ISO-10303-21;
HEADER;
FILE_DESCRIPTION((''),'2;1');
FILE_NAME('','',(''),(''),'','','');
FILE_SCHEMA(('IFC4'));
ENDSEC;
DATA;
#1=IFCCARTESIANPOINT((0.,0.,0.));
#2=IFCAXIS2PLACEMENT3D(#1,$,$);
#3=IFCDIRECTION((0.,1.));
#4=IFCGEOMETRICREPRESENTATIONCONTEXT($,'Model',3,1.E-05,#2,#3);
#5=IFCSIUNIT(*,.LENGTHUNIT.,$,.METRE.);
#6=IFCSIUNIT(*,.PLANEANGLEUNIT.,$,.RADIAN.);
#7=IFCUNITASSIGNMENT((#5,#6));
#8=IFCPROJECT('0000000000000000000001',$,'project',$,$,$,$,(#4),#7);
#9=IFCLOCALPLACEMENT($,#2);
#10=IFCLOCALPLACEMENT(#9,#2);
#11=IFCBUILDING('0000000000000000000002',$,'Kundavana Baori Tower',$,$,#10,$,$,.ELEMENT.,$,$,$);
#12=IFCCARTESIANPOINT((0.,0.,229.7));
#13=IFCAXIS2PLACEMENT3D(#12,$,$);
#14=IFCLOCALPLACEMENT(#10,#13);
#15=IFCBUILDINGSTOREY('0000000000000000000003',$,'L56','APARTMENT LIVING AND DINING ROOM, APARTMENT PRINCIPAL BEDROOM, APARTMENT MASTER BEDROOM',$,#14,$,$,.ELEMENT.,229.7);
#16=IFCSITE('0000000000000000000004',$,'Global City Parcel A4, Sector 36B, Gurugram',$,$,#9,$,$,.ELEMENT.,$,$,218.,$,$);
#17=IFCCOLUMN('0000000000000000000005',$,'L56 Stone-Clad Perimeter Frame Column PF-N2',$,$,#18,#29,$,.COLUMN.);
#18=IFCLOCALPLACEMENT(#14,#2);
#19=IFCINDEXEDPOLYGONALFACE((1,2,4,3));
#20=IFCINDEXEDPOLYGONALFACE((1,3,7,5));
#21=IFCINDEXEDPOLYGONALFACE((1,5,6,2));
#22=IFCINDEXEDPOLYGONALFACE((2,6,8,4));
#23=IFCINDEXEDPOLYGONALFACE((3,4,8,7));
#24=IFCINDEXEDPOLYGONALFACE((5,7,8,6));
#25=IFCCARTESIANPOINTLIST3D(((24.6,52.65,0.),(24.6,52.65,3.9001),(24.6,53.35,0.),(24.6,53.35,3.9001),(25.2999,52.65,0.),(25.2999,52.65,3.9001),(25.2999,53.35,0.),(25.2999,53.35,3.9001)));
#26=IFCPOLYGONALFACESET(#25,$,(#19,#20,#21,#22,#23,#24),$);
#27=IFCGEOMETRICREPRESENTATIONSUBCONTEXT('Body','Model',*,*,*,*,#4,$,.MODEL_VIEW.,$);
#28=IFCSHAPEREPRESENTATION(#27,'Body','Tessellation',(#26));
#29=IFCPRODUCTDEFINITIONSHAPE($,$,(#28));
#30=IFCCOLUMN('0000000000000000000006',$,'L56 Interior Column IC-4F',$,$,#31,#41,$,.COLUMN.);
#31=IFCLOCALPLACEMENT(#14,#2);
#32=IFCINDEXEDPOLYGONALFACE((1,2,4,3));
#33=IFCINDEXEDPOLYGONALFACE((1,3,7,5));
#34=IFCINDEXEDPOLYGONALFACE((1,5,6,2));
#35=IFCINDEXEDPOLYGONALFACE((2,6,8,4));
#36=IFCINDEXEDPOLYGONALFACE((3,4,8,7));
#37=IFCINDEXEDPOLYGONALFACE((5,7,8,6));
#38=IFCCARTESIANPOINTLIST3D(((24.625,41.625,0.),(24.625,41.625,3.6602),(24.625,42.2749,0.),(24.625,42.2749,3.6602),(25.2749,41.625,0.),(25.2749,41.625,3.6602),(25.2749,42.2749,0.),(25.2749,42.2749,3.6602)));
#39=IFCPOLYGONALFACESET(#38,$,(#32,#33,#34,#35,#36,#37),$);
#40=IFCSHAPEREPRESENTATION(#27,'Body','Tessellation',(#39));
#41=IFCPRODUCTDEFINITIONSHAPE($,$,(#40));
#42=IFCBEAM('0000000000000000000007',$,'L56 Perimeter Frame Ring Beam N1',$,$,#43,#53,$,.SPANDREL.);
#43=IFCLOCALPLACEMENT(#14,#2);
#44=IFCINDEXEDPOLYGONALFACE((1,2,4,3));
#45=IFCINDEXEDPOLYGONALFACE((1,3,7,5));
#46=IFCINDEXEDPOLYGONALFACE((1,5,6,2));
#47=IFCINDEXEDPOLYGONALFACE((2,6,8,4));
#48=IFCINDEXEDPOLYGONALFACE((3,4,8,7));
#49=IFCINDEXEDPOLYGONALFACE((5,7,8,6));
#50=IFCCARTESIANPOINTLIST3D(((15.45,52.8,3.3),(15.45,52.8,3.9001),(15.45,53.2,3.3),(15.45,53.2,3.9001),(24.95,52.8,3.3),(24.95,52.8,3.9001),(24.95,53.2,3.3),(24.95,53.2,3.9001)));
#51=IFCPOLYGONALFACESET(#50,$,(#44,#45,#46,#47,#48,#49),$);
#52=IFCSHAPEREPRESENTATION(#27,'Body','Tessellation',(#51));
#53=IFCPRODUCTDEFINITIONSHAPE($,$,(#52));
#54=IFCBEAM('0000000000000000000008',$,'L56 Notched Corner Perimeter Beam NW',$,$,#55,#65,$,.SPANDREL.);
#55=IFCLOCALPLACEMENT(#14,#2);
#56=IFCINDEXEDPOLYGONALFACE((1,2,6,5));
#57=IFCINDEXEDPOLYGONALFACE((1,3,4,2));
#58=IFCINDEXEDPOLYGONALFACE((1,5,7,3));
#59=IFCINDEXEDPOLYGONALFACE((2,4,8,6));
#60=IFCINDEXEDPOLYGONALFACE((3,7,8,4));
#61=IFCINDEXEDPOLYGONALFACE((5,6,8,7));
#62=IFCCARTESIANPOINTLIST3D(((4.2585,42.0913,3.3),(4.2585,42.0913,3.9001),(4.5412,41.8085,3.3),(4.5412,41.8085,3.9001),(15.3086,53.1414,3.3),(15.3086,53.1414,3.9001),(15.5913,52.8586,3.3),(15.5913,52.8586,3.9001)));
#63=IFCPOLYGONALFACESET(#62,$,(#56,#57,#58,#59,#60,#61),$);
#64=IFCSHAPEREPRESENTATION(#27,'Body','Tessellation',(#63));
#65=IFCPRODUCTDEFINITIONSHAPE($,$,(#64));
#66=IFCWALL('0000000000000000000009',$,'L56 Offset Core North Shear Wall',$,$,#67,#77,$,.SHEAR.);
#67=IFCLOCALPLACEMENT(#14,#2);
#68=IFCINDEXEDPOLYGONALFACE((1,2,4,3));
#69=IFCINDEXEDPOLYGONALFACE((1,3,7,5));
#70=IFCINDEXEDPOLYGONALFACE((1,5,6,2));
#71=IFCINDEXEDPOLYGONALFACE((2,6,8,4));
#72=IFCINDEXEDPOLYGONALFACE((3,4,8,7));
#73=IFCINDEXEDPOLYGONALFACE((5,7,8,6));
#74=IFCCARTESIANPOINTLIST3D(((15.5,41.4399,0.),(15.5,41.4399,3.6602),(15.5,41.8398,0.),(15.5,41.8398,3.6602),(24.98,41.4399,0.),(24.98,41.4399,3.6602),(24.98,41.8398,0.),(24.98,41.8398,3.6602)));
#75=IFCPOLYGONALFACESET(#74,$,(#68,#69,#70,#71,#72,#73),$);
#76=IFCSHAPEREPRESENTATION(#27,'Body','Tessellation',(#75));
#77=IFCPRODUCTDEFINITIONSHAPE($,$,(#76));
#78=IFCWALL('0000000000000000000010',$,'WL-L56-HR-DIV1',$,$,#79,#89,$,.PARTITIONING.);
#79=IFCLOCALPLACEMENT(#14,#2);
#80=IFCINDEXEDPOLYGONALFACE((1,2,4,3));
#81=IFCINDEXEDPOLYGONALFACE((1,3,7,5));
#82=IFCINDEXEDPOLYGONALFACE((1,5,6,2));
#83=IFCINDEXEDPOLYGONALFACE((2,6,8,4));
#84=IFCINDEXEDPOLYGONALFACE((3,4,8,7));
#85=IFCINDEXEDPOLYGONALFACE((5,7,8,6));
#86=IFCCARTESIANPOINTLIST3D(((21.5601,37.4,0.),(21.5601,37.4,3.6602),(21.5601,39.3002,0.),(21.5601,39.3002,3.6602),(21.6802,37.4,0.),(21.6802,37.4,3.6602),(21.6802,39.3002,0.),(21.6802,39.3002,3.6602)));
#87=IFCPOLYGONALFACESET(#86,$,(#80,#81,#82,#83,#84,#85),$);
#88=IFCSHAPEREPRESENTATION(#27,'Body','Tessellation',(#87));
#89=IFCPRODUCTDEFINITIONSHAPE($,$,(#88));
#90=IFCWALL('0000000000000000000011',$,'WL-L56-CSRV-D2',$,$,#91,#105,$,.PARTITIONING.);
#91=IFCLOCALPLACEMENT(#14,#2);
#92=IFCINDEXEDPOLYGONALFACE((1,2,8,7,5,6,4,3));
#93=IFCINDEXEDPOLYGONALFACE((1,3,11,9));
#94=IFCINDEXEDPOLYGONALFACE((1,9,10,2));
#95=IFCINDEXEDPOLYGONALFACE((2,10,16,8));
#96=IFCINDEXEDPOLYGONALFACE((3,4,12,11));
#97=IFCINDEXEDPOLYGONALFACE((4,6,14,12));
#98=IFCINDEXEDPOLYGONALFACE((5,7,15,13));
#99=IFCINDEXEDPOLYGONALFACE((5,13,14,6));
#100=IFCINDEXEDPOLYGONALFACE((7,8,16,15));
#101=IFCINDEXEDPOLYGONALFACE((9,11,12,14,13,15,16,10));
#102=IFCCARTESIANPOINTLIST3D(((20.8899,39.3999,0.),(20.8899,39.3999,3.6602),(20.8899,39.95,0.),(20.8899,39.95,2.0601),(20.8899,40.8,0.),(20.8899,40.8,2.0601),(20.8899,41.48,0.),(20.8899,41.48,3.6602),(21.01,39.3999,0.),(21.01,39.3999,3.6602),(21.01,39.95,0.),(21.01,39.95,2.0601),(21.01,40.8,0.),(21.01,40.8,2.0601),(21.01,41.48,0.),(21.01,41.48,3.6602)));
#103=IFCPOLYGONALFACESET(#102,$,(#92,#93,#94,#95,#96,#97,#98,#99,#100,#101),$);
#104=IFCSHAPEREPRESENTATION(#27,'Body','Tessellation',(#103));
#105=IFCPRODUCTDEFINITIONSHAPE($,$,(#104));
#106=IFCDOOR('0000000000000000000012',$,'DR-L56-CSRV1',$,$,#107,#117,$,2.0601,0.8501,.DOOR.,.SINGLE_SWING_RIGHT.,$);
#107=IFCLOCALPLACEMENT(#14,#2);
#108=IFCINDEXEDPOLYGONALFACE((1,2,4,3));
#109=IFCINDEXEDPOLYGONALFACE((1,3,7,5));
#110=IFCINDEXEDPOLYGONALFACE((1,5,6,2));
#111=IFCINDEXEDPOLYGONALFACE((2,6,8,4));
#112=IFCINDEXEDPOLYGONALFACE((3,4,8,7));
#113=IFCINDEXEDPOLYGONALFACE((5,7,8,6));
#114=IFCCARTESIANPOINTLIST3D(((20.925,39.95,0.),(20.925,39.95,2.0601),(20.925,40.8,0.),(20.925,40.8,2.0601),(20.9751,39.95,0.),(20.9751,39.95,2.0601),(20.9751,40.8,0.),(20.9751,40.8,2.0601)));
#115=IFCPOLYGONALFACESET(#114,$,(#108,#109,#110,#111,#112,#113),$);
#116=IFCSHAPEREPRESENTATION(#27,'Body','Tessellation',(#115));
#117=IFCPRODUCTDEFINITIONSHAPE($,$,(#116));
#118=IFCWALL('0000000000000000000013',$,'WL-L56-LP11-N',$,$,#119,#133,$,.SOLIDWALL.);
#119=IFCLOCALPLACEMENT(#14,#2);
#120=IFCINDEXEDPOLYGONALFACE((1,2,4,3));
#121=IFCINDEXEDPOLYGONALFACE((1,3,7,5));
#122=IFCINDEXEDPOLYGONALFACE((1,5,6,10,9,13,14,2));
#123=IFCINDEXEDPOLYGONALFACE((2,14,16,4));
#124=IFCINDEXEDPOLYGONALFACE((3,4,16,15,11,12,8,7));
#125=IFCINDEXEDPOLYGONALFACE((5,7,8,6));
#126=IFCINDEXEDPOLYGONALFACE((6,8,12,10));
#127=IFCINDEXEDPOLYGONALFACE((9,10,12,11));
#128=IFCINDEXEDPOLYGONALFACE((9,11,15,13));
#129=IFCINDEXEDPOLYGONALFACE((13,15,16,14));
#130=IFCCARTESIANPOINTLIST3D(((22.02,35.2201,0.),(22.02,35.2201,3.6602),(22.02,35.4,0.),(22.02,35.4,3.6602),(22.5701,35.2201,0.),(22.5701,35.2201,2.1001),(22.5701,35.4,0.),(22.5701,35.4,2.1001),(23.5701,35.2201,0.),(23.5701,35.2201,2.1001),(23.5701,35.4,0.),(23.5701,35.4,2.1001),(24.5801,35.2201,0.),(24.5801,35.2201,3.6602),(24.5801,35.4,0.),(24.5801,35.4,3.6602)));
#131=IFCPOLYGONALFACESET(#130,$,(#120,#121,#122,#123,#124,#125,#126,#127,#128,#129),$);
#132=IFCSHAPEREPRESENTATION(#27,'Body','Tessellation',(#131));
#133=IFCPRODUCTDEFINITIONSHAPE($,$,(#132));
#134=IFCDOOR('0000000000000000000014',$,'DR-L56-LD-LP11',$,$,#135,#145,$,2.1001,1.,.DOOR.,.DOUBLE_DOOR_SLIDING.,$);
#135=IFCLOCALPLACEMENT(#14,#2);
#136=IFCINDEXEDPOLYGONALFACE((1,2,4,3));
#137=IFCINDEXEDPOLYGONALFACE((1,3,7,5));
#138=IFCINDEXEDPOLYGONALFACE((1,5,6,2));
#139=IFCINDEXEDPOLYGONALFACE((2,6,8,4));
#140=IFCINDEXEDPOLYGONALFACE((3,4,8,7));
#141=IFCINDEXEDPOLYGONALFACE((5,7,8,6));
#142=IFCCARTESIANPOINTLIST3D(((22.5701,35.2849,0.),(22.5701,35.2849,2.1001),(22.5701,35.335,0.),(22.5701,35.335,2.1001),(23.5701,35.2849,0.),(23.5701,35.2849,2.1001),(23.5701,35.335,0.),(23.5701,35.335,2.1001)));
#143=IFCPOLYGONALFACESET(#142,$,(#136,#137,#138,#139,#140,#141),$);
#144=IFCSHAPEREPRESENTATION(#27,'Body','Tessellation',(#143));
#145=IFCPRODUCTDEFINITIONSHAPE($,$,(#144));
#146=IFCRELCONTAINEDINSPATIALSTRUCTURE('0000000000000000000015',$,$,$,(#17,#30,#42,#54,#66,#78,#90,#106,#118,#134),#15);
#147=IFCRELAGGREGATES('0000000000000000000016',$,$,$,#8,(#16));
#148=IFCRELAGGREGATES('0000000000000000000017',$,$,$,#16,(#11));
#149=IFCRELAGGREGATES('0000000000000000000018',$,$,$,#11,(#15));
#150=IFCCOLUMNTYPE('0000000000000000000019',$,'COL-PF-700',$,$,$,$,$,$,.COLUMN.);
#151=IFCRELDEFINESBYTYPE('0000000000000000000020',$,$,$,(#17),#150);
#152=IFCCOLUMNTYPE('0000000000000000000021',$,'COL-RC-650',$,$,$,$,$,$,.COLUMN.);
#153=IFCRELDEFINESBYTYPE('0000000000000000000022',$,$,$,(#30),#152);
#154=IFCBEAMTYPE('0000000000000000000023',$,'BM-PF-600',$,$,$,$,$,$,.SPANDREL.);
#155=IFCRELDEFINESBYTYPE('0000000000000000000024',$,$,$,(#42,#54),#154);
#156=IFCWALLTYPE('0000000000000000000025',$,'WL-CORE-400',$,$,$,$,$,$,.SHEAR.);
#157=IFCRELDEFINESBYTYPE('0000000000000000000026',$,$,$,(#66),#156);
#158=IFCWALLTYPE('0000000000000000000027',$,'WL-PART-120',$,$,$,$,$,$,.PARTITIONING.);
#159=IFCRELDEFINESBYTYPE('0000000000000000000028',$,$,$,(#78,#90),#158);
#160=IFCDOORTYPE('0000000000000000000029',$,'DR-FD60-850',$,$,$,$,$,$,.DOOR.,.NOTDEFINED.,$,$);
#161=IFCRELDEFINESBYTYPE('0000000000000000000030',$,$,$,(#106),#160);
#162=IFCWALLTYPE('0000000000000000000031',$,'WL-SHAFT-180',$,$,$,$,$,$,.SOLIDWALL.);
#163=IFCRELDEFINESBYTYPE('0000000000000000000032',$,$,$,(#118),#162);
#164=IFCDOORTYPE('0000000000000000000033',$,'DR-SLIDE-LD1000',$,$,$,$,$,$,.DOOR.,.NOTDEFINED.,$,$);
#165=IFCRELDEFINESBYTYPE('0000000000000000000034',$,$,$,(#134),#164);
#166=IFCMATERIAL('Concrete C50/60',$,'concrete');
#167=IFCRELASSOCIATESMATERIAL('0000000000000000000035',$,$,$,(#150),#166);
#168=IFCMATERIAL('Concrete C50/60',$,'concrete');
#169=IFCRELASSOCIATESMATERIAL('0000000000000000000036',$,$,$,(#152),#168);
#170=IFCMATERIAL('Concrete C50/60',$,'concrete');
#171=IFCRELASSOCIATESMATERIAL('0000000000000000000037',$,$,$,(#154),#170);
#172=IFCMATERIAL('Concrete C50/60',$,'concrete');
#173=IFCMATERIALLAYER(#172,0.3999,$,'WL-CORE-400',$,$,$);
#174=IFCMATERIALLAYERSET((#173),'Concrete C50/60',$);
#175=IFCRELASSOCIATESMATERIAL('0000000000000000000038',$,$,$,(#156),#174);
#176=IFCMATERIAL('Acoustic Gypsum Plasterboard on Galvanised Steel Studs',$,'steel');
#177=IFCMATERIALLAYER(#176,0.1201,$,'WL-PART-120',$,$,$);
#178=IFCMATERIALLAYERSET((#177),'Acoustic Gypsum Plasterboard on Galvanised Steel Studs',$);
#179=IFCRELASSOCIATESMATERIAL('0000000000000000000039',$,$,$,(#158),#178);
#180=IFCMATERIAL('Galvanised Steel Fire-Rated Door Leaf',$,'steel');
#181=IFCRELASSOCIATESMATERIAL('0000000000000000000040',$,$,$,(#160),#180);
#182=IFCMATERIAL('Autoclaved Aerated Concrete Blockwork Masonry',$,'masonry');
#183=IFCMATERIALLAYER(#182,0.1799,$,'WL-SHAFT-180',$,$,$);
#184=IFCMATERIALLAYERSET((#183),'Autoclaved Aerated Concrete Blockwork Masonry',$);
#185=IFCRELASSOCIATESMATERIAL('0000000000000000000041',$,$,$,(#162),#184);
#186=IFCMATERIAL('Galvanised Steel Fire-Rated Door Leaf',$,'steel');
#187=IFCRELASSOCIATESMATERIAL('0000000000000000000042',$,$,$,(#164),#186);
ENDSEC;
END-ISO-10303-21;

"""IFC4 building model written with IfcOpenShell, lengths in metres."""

from ifc_helpers import new_model, si_unit, direction, frame, frame_2d, origin, origin_2d, place, context, subcontext, project, spatial, rectangle, extrude, material, layer, layer_set, material_profile, profile_set, type_object, element, fill, save


model = new_model("IFC4")

# Units and contexts
model_context = context("Model", 3, precision=1e-05, world=origin(), true_north=direction((0.0, 1.0)))
body_context = subcontext(model_context, "Body", "Model", "MODEL_VIEW")
ifc_project = project(units=[si_unit("LENGTHUNIT", "METRE"), si_unit("PLANEANGLEUNIT", "RADIAN")], contexts=[model_context])

# Site, building, storey
site_placement = place(None, origin())
site = spatial("IfcSite", under=ifc_project, at=site_placement, Name="Global City Parcel A4, Sector 36B, Gurugram", CompositionType="ELEMENT", RefElevation=218.0)
building_placement = place(site_placement, origin())
building = spatial("IfcBuilding", under=site, at=building_placement, Name="Kundavana Baori Tower", CompositionType="ELEMENT")
storey_placement = place(building_placement, frame((0.0, 0.0, 229.7)))
storey = spatial("IfcBuildingStorey", under=building, at=storey_placement, Name="L56", Description="APARTMENT LIVING AND DINING ROOM, APARTMENT PRINCIPAL BEDROOM, APARTMENT MASTER BEDROOM", CompositionType="ELEMENT", Elevation=229.7)

# Columns
ifc_material_1 = material(Name="Concrete C50/60", Category="concrete")
ifc_material_profile_1 = material_profile(ifc_material_1, rectangle(XDim=0.7, YDim=0.7, at=origin_2d()), Name="RC PF 700x700")
ifc_profile_set_1 = profile_set([ifc_material_profile_1], Name="Concrete C50/60")
column_type_1 = type_object("IfcColumnType", Name="COL-PF-700", PredefinedType="COLUMN", material=ifc_profile_set_1)
column_1_placement = place(storey_placement, frame((24.95, 53.0, 0.0), z_axis=(0.0, 0.0, 1.0), x_axis=(1.0, 0.0, 0.0)))
element("IfcColumn", 1, at=column_1_placement, inside=storey, type_object=column_type_1, Name="L56 Stone-Clad Perimeter Frame Column PF-N2", PredefinedType="COLUMN", context=body_context, shape_type="SweptSolid", body=[
    extrude(rectangle(XDim=0.7, YDim=0.7, at=origin_2d()), origin(), (0.0, 0.0, 1.0), 3.9001),
])
ifc_material_2 = material(Name="Concrete C50/60", Category="concrete")
ifc_material_profile_2 = material_profile(ifc_material_2, rectangle(XDim=0.6499, YDim=0.6499, at=origin_2d()), Name="RC 650x650")
ifc_profile_set_2 = profile_set([ifc_material_profile_2], Name="Concrete C50/60")
column_type_2 = type_object("IfcColumnType", Name="COL-RC-650", PredefinedType="COLUMN", material=ifc_profile_set_2)
column_2_placement = place(storey_placement, frame((24.95, 41.95, 0.0), z_axis=(0.0, 0.0, 1.0), x_axis=(1.0, 0.0, 0.0)))
element("IfcColumn", 2, at=column_2_placement, inside=storey, type_object=column_type_2, Name="L56 Interior Column IC-4F", PredefinedType="COLUMN", context=body_context, shape_type="SweptSolid", body=[
    extrude(rectangle(XDim=0.6499, YDim=0.6499, at=origin_2d()), origin(), (0.0, 0.0, 1.0), 3.6602),
])

# Beams
ifc_material_3 = material(Name="Concrete C50/60", Category="concrete")
ifc_material_profile_3 = material_profile(ifc_material_3, rectangle(XDim=0.3999, YDim=0.6001, at=origin_2d()), Name="RC BM 400x600")
ifc_profile_set_3 = profile_set([ifc_material_profile_3], Name="Concrete C50/60")
beam_type = type_object("IfcBeamType", Name="BM-PF-600", PredefinedType="SPANDREL", material=ifc_profile_set_3)
beam_1_placement = place(storey_placement, frame((15.45, 53.0, 3.6001), z_axis=(1.0, 0.0, 0.0), x_axis=(0.0, 1.0, 0.0)))
element("IfcBeam", 3, at=beam_1_placement, inside=storey, type_object=beam_type, Name="L56 Perimeter Frame Ring Beam N1", PredefinedType="SPANDREL", context=body_context, shape_type="SweptSolid", body=[
    extrude(rectangle(XDim=0.3999, YDim=0.6001, at=origin_2d()), origin(), (0.0, 0.0, 1.0), 9.5),
])
beam_2_placement = place(storey_placement, frame((15.45, 53.0, 3.6001), z_axis=(-0.707107, -0.707107, 0.0), x_axis=(0.707107, -0.707107, 0.0)))
element("IfcBeam", 4, at=beam_2_placement, inside=storey, type_object=beam_type, Name="L56 Notched Corner Perimeter Beam NW", PredefinedType="SPANDREL", context=body_context, shape_type="SweptSolid", body=[
    extrude(rectangle(XDim=0.3999, YDim=0.6001, at=origin_2d()), origin(), (0.0, 0.0, 1.0), 15.6272),
])

# Walls
ifc_material_4 = material(Name="Concrete C50/60", Category="concrete")
ifc_layer_1 = layer(ifc_material_4, 0.3999, Name="WL-CORE-400")
ifc_layer_set_1 = layer_set([ifc_layer_1], Name="Concrete C50/60")
wall_type_1 = type_object("IfcWallType", Name="WL-CORE-400", PredefinedType="SHEAR", material=ifc_layer_set_1)
wall_1_placement = place(storey_placement, frame((15.5, 41.6399, 0.0), z_axis=(0.0, 0.0, 1.0), x_axis=(1.0, 0.0, 0.0)))
element("IfcWall", 5, at=wall_1_placement, inside=storey, type_object=wall_type_1, Name="L56 Offset Core North Shear Wall", PredefinedType="SHEAR", context=body_context, shape_type="SweptSolid", body=[
    extrude(rectangle(XDim=9.48, YDim=0.3999, at=frame_2d((4.74, 0.0))), origin(), (0.0, 0.0, 1.0), 3.6602),
])
ifc_material_5 = material(Name="Acoustic Gypsum Plasterboard on Galvanised Steel Studs", Category="steel")
ifc_layer_2 = layer(ifc_material_5, 0.1201, Name="WL-PART-120")
ifc_layer_set_2 = layer_set([ifc_layer_2], Name="Acoustic Gypsum Plasterboard on Galvanised Steel Studs")
wall_type_2 = type_object("IfcWallType", Name="WL-PART-120", PredefinedType="PARTITIONING", material=ifc_layer_set_2)
wall_2_placement = place(storey_placement, frame((21.6201, 37.3999, 0.0), z_axis=(0.0, 0.0, 1.0), x_axis=(0.0, 1.0, 0.0)))
element("IfcWall", 6, at=wall_2_placement, inside=storey, type_object=wall_type_2, Name="WL-L56-HR-DIV1", PredefinedType="PARTITIONING", context=body_context, shape_type="SweptSolid", body=[
    extrude(rectangle(XDim=1.9001, YDim=0.1201, at=frame_2d((0.9502, 0.0))), origin(), (0.0, 0.0, 1.0), 3.6602),
])

# Walls, openings, doors
wall_3_placement = place(storey_placement, frame((20.95, 39.3999, 0.0), z_axis=(0.0, 0.0, 1.0), x_axis=(0.0, 1.0, 0.0)))
wall_3 = element("IfcWall", 7, at=wall_3_placement, inside=storey, type_object=wall_type_2, Name="WL-L56-CSRV-D2", PredefinedType="PARTITIONING", context=body_context, shape_type="SweptSolid", body=[
    extrude(rectangle(XDim=2.0801, YDim=0.1201, at=frame_2d((1.04, 0.0))), origin(), (0.0, 0.0, 1.0), 3.6602),
])
opening_1_placement = place(wall_3_placement, frame((0.55, 0.0, 0.0)))
opening_1 = element("IfcOpeningElement", 8, at=opening_1_placement, cuts=wall_3, PredefinedType="OPENING", context=body_context, shape_type="SweptSolid", body=[
    extrude(rectangle(XDim=0.8501, YDim=2.0601, at=frame_2d((0.425, 1.03))), frame((0.0, 0.0701, 0.0), z_axis=(0.0, -1.0, 0.0), x_axis=(1.0, 0.0, 0.0)), (0.0, 0.0, 1.0), 0.1401),
])
ifc_material_6 = material(Name="Galvanised Steel Fire-Rated Door Leaf", Category="steel")
door_type_1 = type_object("IfcDoorType", Name="DR-FD60-850", OperationType="NOTDEFINED", PredefinedType="DOOR", material=ifc_material_6)
door_1_placement = place(opening_1_placement, origin())
door_1 = element("IfcDoor", 9, at=door_1_placement, inside=storey, type_object=door_type_1, Name="DR-L56-CSRV1", OperationType="SINGLE_SWING_RIGHT", OverallHeight=2.0601, OverallWidth=0.8501, PredefinedType="DOOR", context=body_context, shape_type="SweptSolid", body=[
    extrude(rectangle(XDim=0.8501, YDim=2.0601, at=frame_2d((0.425, 1.03))), frame((0.0, 0.0249, 0.0), z_axis=(0.0, -1.0, 0.0), x_axis=(1.0, 0.0, 0.0)), (0.0, 0.0, 1.0), 0.05),
])
fill(opening_1, door_1)
ifc_material_7 = material(Name="Autoclaved Aerated Concrete Blockwork Masonry", Category="masonry")
ifc_layer_3 = layer(ifc_material_7, 0.1799, Name="WL-SHAFT-180")
ifc_layer_set_3 = layer_set([ifc_layer_3], Name="Autoclaved Aerated Concrete Blockwork Masonry")
wall_type_3 = type_object("IfcWallType", Name="WL-SHAFT-180", PredefinedType="SOLIDWALL", material=ifc_layer_set_3)
wall_4_placement = place(storey_placement, frame((22.02, 35.3101, 0.0), z_axis=(0.0, 0.0, 1.0), x_axis=(1.0, 0.0, 0.0)))
wall_4 = element("IfcWall", 10, at=wall_4_placement, inside=storey, type_object=wall_type_3, Name="WL-L56-LP11-N", PredefinedType="SOLIDWALL", context=body_context, shape_type="SweptSolid", body=[
    extrude(rectangle(XDim=2.5601, YDim=0.1799, at=frame_2d((1.28, 0.0))), origin(), (0.0, 0.0, 1.0), 3.6602),
])
opening_2_placement = place(wall_4_placement, frame((0.55, 0.0, 0.0)))
opening_2 = element("IfcOpeningElement", 11, at=opening_2_placement, cuts=wall_4, PredefinedType="OPENING", context=body_context, shape_type="SweptSolid", body=[
    extrude(rectangle(XDim=1.0, YDim=2.1001, at=frame_2d((0.5, 1.05))), frame((0.0, 0.1001, 0.0), z_axis=(0.0, -1.0, 0.0), x_axis=(1.0, 0.0, 0.0)), (0.0, 0.0, 1.0), 0.2),
])
ifc_material_8 = material(Name="Galvanised Steel Fire-Rated Door Leaf", Category="steel")
door_type_2 = type_object("IfcDoorType", Name="DR-SLIDE-LD1000", OperationType="NOTDEFINED", PredefinedType="DOOR", material=ifc_material_8)
door_2_placement = place(opening_2_placement, origin())
door_2 = element("IfcDoor", 12, at=door_2_placement, inside=storey, type_object=door_type_2, Name="DR-L56-LD-LP11", OperationType="DOUBLE_DOOR_SLIDING", OverallHeight=2.1001, OverallWidth=1.0, PredefinedType="DOOR", context=body_context, shape_type="SweptSolid", body=[
    extrude(rectangle(XDim=1.0, YDim=2.1001, at=frame_2d((0.5, 1.05))), frame((0.0, 0.0249, 0.0), z_axis=(0.0, -1.0, 0.0), x_axis=(1.0, 0.0, 0.0)), (0.0, 0.0, 1.0), 0.05),
])
fill(opening_2, door_2)

save(model, "model.ifc")
